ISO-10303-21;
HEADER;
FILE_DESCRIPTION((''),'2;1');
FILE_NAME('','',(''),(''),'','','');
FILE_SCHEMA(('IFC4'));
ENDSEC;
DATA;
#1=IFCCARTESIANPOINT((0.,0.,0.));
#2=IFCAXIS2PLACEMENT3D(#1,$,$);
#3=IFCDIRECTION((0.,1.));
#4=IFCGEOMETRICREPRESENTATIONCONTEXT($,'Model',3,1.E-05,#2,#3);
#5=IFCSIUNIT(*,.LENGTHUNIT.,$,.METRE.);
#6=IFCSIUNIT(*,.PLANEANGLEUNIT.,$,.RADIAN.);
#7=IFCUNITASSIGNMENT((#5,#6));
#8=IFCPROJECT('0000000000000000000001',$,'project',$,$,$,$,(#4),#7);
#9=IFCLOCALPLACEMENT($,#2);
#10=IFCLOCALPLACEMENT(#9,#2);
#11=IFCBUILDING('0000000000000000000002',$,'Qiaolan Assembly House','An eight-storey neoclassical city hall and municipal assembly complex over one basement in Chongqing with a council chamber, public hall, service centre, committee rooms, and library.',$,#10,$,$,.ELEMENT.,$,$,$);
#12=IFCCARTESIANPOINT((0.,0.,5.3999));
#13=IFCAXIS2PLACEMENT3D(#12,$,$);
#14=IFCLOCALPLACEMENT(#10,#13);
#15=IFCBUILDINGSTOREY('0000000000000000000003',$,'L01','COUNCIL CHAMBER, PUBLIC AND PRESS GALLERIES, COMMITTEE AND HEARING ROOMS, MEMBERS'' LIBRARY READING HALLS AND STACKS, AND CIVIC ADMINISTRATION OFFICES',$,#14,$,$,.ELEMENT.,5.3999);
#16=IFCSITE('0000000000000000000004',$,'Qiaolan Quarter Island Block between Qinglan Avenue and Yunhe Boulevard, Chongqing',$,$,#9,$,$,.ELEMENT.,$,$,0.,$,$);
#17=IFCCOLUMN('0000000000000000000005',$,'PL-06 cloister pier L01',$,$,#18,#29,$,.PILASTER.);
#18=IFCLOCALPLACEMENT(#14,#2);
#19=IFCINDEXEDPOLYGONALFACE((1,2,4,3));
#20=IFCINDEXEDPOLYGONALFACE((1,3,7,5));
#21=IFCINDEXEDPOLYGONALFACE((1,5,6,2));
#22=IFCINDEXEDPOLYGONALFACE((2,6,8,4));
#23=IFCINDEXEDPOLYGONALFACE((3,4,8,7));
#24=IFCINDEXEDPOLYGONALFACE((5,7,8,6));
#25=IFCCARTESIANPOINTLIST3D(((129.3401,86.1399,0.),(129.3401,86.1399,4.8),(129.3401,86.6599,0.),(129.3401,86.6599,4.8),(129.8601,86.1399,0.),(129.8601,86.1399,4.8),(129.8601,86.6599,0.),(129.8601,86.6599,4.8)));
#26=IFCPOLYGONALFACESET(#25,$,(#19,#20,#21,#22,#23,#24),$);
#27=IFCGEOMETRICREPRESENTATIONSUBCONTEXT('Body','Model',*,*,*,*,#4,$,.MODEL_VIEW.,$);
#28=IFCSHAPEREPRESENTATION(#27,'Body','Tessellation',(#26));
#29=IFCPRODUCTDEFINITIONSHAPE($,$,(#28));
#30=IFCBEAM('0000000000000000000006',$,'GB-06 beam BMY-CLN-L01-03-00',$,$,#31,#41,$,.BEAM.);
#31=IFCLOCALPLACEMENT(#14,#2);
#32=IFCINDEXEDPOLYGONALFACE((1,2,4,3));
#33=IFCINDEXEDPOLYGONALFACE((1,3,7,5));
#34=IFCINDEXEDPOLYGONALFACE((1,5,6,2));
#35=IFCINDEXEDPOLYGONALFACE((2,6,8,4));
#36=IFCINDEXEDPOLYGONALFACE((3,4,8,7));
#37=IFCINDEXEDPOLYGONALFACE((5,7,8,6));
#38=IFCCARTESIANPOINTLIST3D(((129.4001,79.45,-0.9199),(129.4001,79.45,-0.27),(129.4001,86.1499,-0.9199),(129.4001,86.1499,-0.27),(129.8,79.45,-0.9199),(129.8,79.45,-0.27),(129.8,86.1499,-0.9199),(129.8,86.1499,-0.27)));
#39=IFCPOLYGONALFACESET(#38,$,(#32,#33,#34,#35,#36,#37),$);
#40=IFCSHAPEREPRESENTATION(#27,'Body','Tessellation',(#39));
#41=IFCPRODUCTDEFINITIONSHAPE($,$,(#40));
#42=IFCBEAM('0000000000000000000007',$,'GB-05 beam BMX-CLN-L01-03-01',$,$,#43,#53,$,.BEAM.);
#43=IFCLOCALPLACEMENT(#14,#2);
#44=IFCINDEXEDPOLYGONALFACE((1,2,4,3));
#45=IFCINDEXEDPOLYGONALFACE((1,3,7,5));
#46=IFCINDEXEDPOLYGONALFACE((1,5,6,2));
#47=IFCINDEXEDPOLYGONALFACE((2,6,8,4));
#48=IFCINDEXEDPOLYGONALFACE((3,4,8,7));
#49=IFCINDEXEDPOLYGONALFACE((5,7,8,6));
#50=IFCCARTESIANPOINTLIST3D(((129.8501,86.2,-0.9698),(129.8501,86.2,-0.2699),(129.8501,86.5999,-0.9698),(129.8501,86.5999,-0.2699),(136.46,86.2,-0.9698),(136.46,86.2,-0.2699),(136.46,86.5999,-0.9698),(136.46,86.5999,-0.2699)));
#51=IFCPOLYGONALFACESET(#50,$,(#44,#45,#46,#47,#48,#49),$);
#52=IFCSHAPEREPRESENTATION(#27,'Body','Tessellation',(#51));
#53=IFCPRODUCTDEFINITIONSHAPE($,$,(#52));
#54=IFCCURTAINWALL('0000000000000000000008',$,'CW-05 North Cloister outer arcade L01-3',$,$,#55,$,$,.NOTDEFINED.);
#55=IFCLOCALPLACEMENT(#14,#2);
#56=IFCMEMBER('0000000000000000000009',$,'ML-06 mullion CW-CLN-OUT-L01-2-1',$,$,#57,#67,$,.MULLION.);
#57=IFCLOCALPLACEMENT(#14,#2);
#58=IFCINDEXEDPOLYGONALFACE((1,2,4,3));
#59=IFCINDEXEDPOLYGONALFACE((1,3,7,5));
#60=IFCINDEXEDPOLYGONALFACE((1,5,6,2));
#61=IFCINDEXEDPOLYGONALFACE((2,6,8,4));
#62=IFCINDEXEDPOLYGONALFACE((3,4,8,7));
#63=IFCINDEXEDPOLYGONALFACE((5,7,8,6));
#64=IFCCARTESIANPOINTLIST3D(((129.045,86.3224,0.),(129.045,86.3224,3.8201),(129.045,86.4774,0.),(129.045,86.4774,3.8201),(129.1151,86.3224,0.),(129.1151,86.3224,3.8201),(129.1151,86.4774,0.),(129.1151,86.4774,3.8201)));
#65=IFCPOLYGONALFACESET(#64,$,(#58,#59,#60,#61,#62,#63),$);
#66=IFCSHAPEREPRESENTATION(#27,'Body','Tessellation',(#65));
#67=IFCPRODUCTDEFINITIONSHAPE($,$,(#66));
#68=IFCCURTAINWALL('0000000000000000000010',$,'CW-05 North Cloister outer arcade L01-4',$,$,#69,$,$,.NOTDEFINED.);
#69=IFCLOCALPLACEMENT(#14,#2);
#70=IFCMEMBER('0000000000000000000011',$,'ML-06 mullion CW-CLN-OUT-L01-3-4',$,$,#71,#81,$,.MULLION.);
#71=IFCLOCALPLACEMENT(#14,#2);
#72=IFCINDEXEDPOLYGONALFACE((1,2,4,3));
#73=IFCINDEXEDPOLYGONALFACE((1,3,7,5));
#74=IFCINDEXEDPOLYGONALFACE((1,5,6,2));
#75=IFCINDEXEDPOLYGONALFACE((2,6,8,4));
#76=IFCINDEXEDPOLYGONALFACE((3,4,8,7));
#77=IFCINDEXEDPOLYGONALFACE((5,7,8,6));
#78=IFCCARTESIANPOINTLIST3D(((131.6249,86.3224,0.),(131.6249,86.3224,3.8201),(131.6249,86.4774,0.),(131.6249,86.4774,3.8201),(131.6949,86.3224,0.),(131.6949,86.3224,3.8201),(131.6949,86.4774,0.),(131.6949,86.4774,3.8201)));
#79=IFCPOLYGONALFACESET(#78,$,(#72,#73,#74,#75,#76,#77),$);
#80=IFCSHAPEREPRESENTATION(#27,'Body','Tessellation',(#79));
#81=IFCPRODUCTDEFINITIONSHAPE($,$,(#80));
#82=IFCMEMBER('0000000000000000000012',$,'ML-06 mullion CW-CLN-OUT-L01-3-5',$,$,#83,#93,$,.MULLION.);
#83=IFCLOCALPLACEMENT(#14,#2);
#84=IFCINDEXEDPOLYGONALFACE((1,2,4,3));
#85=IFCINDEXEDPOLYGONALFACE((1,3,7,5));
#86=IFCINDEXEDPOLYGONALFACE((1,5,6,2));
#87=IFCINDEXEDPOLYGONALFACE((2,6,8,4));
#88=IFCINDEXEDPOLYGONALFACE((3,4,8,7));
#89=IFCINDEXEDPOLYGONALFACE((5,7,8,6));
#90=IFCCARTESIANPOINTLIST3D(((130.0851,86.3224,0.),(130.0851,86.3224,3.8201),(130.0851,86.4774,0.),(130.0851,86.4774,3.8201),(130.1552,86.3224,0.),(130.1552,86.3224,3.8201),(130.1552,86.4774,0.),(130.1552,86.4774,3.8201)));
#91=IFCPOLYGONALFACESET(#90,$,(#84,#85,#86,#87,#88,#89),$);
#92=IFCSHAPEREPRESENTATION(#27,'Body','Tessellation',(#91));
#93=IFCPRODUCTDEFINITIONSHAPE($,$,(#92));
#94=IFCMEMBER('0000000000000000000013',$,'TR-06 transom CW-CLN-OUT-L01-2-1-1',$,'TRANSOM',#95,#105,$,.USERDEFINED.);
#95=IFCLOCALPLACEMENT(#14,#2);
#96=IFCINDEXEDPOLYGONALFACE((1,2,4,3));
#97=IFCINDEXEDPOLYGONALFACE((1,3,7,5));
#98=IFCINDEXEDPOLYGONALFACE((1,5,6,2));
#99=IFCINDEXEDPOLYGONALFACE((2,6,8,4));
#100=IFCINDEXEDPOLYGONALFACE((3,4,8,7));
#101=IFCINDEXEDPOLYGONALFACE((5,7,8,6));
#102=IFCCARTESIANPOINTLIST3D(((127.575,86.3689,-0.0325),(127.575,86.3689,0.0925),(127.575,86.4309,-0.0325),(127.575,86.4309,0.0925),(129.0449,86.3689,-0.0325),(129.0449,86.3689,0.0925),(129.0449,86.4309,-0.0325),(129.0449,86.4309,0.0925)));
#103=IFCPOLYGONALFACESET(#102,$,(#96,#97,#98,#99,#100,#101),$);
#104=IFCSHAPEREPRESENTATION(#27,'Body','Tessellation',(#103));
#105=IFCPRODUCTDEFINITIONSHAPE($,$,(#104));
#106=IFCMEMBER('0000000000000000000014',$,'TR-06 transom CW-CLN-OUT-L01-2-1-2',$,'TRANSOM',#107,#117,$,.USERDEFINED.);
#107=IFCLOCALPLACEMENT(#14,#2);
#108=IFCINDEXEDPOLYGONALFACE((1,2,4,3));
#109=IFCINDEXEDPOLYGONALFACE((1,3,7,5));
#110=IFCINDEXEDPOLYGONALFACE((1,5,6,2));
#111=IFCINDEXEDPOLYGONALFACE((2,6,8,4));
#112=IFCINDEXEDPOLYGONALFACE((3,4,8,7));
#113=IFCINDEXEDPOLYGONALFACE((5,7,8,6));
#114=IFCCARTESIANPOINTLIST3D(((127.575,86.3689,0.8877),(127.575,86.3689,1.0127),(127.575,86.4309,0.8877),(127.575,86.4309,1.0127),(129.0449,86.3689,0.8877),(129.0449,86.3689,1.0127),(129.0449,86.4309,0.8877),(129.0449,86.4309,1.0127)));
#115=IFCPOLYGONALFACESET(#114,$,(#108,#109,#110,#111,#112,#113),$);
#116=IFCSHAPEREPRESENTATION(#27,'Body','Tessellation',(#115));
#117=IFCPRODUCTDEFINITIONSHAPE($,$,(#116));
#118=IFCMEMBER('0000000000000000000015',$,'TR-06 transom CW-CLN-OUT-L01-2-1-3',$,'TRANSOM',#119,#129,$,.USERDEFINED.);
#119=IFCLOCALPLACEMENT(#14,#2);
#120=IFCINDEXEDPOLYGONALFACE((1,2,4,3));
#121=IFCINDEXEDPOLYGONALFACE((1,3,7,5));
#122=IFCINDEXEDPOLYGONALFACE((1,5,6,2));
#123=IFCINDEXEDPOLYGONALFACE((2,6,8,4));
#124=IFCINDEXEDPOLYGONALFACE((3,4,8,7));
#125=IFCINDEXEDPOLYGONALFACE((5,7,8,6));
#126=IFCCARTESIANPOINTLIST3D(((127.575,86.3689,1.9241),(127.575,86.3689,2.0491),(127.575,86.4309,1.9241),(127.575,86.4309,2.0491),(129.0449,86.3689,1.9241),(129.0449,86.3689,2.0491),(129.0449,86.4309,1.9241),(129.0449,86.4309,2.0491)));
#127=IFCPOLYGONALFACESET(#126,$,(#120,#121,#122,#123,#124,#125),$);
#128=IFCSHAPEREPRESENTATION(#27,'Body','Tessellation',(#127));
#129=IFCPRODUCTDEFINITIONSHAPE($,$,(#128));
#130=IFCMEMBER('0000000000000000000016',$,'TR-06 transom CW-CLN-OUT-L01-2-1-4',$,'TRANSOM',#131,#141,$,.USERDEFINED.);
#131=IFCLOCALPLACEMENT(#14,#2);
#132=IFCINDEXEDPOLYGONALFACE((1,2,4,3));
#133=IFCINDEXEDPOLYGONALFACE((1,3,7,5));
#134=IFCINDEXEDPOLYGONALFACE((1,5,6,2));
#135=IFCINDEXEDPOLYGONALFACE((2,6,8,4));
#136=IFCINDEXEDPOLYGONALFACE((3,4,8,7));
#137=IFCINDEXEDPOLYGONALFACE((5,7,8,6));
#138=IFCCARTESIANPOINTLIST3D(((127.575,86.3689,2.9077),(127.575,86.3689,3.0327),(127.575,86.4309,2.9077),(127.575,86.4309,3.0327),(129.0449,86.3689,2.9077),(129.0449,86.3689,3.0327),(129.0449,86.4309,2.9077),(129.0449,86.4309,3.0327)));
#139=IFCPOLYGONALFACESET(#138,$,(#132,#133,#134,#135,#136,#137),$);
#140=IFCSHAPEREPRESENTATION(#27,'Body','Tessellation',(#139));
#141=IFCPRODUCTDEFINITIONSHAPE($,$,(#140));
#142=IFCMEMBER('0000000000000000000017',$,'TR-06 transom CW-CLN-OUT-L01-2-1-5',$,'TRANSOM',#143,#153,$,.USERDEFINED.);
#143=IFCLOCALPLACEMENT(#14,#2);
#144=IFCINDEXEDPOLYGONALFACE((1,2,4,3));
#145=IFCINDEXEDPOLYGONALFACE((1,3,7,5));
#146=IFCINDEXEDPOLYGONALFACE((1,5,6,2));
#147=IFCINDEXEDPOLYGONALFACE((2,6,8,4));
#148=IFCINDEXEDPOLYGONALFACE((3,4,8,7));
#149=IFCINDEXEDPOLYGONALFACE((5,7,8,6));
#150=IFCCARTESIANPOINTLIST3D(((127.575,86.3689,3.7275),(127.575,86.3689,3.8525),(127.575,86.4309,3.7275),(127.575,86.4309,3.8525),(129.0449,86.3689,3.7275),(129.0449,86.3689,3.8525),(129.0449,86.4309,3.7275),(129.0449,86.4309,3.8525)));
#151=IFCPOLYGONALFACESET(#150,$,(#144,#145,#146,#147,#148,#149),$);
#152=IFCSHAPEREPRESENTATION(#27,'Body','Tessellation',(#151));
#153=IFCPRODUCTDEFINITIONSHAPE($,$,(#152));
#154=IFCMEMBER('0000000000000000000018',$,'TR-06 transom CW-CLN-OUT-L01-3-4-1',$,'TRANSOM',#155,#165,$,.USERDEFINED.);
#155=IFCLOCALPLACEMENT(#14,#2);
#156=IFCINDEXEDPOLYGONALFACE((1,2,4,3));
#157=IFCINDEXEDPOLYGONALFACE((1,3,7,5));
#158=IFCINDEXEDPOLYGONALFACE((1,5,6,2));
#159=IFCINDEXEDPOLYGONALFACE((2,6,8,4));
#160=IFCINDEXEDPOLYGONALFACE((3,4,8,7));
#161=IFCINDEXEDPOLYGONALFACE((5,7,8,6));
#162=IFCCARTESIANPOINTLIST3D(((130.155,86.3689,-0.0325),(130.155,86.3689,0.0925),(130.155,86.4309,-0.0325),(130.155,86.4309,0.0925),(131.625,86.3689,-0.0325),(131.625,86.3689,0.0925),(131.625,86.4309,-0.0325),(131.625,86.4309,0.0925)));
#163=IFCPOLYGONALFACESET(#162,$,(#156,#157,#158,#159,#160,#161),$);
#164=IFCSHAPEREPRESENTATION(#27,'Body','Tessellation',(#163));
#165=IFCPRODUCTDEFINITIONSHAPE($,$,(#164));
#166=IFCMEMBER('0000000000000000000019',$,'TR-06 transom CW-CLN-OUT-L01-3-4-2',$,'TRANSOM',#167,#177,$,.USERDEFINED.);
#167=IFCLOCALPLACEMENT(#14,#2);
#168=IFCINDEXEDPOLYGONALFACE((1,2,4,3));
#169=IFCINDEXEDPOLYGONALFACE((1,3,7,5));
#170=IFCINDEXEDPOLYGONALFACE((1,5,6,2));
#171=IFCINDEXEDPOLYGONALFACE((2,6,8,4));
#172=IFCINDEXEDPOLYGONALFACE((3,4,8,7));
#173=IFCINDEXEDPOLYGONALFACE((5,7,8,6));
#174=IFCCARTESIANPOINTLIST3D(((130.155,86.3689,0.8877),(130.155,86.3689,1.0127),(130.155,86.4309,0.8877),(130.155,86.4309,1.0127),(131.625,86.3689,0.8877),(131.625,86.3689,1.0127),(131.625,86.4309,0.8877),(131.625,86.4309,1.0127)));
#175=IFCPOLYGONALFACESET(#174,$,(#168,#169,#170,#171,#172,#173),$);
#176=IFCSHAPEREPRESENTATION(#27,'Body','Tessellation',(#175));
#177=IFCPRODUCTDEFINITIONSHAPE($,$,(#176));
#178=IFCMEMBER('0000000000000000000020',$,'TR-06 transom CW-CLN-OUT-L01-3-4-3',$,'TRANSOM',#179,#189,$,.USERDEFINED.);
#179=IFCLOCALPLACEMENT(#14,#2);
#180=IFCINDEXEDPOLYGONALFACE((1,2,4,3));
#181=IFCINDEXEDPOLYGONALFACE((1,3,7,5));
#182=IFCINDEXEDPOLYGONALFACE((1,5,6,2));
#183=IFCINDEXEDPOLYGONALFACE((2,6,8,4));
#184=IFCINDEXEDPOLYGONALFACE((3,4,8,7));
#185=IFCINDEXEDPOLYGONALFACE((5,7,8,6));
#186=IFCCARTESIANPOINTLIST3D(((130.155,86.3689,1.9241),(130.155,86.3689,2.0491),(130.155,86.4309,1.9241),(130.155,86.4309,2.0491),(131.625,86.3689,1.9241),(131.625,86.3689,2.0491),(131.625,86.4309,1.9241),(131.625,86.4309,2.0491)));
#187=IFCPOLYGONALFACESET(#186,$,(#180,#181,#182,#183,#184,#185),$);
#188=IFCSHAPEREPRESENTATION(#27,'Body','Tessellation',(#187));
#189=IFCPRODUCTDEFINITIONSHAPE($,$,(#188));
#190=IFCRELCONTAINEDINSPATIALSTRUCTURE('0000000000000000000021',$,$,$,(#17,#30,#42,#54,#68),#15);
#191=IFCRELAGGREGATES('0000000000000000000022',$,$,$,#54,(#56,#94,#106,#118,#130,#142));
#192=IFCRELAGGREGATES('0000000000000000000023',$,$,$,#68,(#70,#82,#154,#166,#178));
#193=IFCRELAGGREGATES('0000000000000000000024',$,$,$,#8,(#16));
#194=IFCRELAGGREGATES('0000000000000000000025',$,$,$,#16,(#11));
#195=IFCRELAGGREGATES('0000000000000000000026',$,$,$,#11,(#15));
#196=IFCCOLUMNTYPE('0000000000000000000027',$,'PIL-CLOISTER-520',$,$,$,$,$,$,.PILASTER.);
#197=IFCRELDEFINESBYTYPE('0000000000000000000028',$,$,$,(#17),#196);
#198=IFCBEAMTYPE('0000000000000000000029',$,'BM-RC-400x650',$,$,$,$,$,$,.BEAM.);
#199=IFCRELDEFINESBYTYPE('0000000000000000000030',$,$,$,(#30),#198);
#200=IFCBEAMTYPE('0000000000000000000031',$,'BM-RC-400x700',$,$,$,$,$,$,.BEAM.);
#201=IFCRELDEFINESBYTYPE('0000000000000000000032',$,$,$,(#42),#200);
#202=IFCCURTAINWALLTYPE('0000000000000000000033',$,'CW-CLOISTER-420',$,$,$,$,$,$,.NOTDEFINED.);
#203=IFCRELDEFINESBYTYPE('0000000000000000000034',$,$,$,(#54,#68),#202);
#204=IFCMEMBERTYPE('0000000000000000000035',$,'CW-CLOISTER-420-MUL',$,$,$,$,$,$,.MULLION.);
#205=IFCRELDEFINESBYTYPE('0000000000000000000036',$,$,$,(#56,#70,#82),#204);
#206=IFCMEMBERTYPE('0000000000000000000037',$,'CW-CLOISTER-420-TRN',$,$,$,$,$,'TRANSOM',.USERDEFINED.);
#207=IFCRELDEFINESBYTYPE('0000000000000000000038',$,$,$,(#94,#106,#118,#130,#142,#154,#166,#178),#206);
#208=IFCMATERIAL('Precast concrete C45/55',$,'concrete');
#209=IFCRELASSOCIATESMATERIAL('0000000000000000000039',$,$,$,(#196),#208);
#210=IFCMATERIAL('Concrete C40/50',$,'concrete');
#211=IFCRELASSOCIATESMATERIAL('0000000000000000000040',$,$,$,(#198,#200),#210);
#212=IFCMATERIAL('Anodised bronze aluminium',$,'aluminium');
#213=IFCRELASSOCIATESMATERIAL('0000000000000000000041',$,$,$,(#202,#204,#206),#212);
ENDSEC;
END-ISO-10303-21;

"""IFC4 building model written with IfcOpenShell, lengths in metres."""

from ifc_helpers import new_model, si_unit, direction, frame, origin, origin_2d, place, context, subcontext, project, spatial, rectangle, extrude, material, material_profile, profile_set, type_object, element, aggregate, save


model = new_model("IFC4")

# Units and contexts
model_context = context("Model", 3, precision=1e-05, world=origin(), true_north=direction((0.0, 1.0)))
body_context = subcontext(model_context, "Body", "Model", "MODEL_VIEW")
ifc_project = project(units=[si_unit("LENGTHUNIT", "METRE"), si_unit("PLANEANGLEUNIT", "RADIAN")], contexts=[model_context])

# Site, building, storey
site_placement = place(None, origin())
site = spatial("IfcSite", under=ifc_project, at=site_placement, Name="Qiaolan Quarter Island Block between Qinglan Avenue and Yunhe Boulevard, Chongqing", CompositionType="ELEMENT", RefElevation=0.0)
building_placement = place(site_placement, origin())
building = spatial("IfcBuilding", under=site, at=building_placement, Name="Qiaolan Assembly House", Description="An eight-storey neoclassical city hall and municipal assembly complex over one basement in Chongqing with a council chamber, public hall, service centre, committee rooms, and library.", CompositionType="ELEMENT")
storey_placement = place(building_placement, frame((0.0, 0.0, 5.3999)))
storey = spatial("IfcBuildingStorey", under=building, at=storey_placement, Name="L01", Description="COUNCIL CHAMBER, PUBLIC AND PRESS GALLERIES, COMMITTEE AND HEARING ROOMS, MEMBERS' LIBRARY READING HALLS AND STACKS, AND CIVIC ADMINISTRATION OFFICES", CompositionType="ELEMENT", Elevation=5.3999)

# Column
ifc_material_1 = material(Name="Precast concrete C45/55", Category="concrete")
ifc_material_profile_1 = material_profile(ifc_material_1, rectangle(XDim=0.52, YDim=0.52, at=origin_2d()), Name="PIL 520x520")
ifc_profile_set_1 = profile_set([ifc_material_profile_1], Name="Precast concrete C45/55")
column_type = type_object("IfcColumnType", Name="PIL-CLOISTER-520", PredefinedType="PILASTER", material=ifc_profile_set_1)
column_placement = place(storey_placement, frame((129.6001, 86.3999, 0.0), z_axis=(0.0, 0.0, 1.0), x_axis=(1.0, 0.0, 0.0)))
element("IfcColumn", 1, at=column_placement, inside=storey, type_object=column_type, Name="PL-06 cloister pier L01", PredefinedType="PILASTER", context=body_context, shape_type="SweptSolid", body=[
    extrude(rectangle(XDim=0.52, YDim=0.52, at=origin_2d()), origin(), (0.0, 0.0, 1.0), 4.8),
])

# Beams
ifc_material_2 = material(Name="Concrete C40/50", Category="concrete")
ifc_material_profile_2 = material_profile(ifc_material_2, rectangle(XDim=0.3999, YDim=0.6499, at=origin_2d()), Name="RCB 400x650")
ifc_profile_set_2 = profile_set([ifc_material_profile_2], Name="Concrete C40/50")
beam_type_1 = type_object("IfcBeamType", Name="BM-RC-400x650", PredefinedType="BEAM", material=ifc_profile_set_2)
beam_1_placement = place(storey_placement, frame((129.6001, 79.45, -0.595), z_axis=(0.0, 1.0, 0.0), x_axis=(-1.0, 0.0, 0.0)))
element("IfcBeam", 2, at=beam_1_placement, inside=storey, type_object=beam_type_1, Name="GB-06 beam BMY-CLN-L01-03-00", PredefinedType="BEAM", context=body_context, shape_type="SweptSolid", body=[
    extrude(rectangle(XDim=0.3999, YDim=0.6499, at=origin_2d()), origin(), (0.0, 0.0, 1.0), 6.7),
])
ifc_material_profile_3 = material_profile(ifc_material_2, rectangle(XDim=0.3999, YDim=0.7, at=origin_2d()), Name="RCB 400x700")
ifc_profile_set_3 = profile_set([ifc_material_profile_3], Name="Concrete C40/50")
beam_type_2 = type_object("IfcBeamType", Name="BM-RC-400x700", PredefinedType="BEAM", material=ifc_profile_set_3)
beam_2_placement = place(storey_placement, frame((129.8501, 86.3999, -0.6199), z_axis=(1.0, 0.0, 0.0), x_axis=(0.0, 1.0, 0.0)))
element("IfcBeam", 3, at=beam_2_placement, inside=storey, type_object=beam_type_2, Name="GB-05 beam BMX-CLN-L01-03-01", PredefinedType="BEAM", context=body_context, shape_type="SweptSolid", body=[
    extrude(rectangle(XDim=0.3999, YDim=0.7, at=origin_2d()), origin(), (0.0, 0.0, 1.0), 6.6099),
])

# Curtain wall, member
ifc_material_3 = material(Name="Anodised bronze aluminium", Category="aluminium")
curtain_wall_type = type_object("IfcCurtainWallType", Name="CW-CLOISTER-420", PredefinedType="NOTDEFINED", material=ifc_material_3)
curtain_wall_1_placement = place(storey_placement, origin())
curtain_wall_1 = element("IfcCurtainWall", 4, at=curtain_wall_1_placement, inside=storey, type_object=curtain_wall_type, Name="CW-05 North Cloister outer arcade L01-3", PredefinedType="NOTDEFINED")
ifc_material_profile_4 = material_profile(ifc_material_3, rectangle(XDim=0.0701, YDim=0.155, at=origin_2d()), Name="MUL 70x155")
ifc_profile_set_4 = profile_set([ifc_material_profile_4], Name="Anodised bronze aluminium")
member_type_1 = type_object("IfcMemberType", Name="CW-CLOISTER-420-MUL", PredefinedType="MULLION", material=ifc_profile_set_4)
member_1_placement = place(storey_placement, frame((129.0801, 86.3999, 0.0), z_axis=(0.0, 0.0, 1.0), x_axis=(-1.0, 0.0, 0.0)))
member_1 = element("IfcMember", 5, at=member_1_placement, type_object=member_type_1, Name="ML-06 mullion CW-CLN-OUT-L01-2-1", PredefinedType="MULLION", context=body_context, shape_type="SweptSolid", body=[
    extrude(rectangle(XDim=0.0701, YDim=0.155, at=origin_2d()), origin(), (0.0, 0.0, 1.0), 3.8201),
])

# Curtain wall, members
curtain_wall_2_placement = place(storey_placement, origin())
curtain_wall_2 = element("IfcCurtainWall", 6, at=curtain_wall_2_placement, inside=storey, type_object=curtain_wall_type, Name="CW-05 North Cloister outer arcade L01-4", PredefinedType="NOTDEFINED")
member_2_placement = place(storey_placement, frame((131.6599, 86.3999, 0.0), z_axis=(0.0, 0.0, 1.0), x_axis=(-1.0, 0.0, 0.0)))
member_2 = element("IfcMember", 7, at=member_2_placement, type_object=member_type_1, Name="ML-06 mullion CW-CLN-OUT-L01-3-4", PredefinedType="MULLION", context=body_context, shape_type="SweptSolid", body=[
    extrude(rectangle(XDim=0.0701, YDim=0.155, at=origin_2d()), origin(), (0.0, 0.0, 1.0), 3.8201),
])
member_3_placement = place(storey_placement, frame((130.1201, 86.3999, 0.0), z_axis=(0.0, 0.0, 1.0), x_axis=(-1.0, 0.0, 0.0)))
member_3 = element("IfcMember", 8, at=member_3_placement, type_object=member_type_1, Name="ML-06 mullion CW-CLN-OUT-L01-3-5", PredefinedType="MULLION", context=body_context, shape_type="SweptSolid", body=[
    extrude(rectangle(XDim=0.0701, YDim=0.155, at=origin_2d()), origin(), (0.0, 0.0, 1.0), 3.8201),
])

# Members
ifc_material_profile_5 = material_profile(ifc_material_3, rectangle(XDim=0.062, YDim=0.125, at=origin_2d()), Name="TRN 62x125")
ifc_profile_set_5 = profile_set([ifc_material_profile_5], Name="Anodised bronze aluminium")
member_type_2 = type_object("IfcMemberType", Name="CW-CLOISTER-420-TRN", ElementType="TRANSOM", PredefinedType="USERDEFINED", material=ifc_profile_set_5)
member_4_placement = place(storey_placement, frame((129.0449, 86.3999, 0.03), z_axis=(-1.0, 0.0, 0.0), x_axis=(0.0, -1.0, 0.0)))
member_4 = element("IfcMember", 9, at=member_4_placement, type_object=member_type_2, Name="TR-06 transom CW-CLN-OUT-L01-2-1-1", ObjectType="TRANSOM", PredefinedType="USERDEFINED", context=body_context, shape_type="SweptSolid", body=[
    extrude(rectangle(XDim=0.062, YDim=0.125, at=origin_2d()), origin(), (0.0, 0.0, 1.0), 1.47),
])
member_5_placement = place(storey_placement, frame((129.0449, 86.3999, 0.9502), z_axis=(-1.0, 0.0, 0.0), x_axis=(0.0, -1.0, 0.0)))
member_5 = element("IfcMember", 10, at=member_5_placement, type_object=member_type_2, Name="TR-06 transom CW-CLN-OUT-L01-2-1-2", ObjectType="TRANSOM", PredefinedType="USERDEFINED", context=body_context, shape_type="SweptSolid", body=[
    extrude(rectangle(XDim=0.062, YDim=0.125, at=origin_2d()), origin(), (0.0, 0.0, 1.0), 1.47),
])
member_6_placement = place(storey_placement, frame((129.0449, 86.3999, 1.9866), z_axis=(-1.0, 0.0, 0.0), x_axis=(0.0, -1.0, 0.0)))
member_6 = element("IfcMember", 11, at=member_6_placement, type_object=member_type_2, Name="TR-06 transom CW-CLN-OUT-L01-2-1-3", ObjectType="TRANSOM", PredefinedType="USERDEFINED", context=body_context, shape_type="SweptSolid", body=[
    extrude(rectangle(XDim=0.062, YDim=0.125, at=origin_2d()), origin(), (0.0, 0.0, 1.0), 1.47),
])
member_7_placement = place(storey_placement, frame((129.0449, 86.3999, 2.9702), z_axis=(-1.0, 0.0, 0.0), x_axis=(0.0, -1.0, 0.0)))
member_7 = element("IfcMember", 12, at=member_7_placement, type_object=member_type_2, Name="TR-06 transom CW-CLN-OUT-L01-2-1-4", ObjectType="TRANSOM", PredefinedType="USERDEFINED", context=body_context, shape_type="SweptSolid", body=[
    extrude(rectangle(XDim=0.062, YDim=0.125, at=origin_2d()), origin(), (0.0, 0.0, 1.0), 1.47),
])
member_8_placement = place(storey_placement, frame((129.0449, 86.3999, 3.79), z_axis=(-1.0, 0.0, 0.0), x_axis=(0.0, -1.0, 0.0)))
member_8 = element("IfcMember", 13, at=member_8_placement, type_object=member_type_2, Name="TR-06 transom CW-CLN-OUT-L01-2-1-5", ObjectType="TRANSOM", PredefinedType="USERDEFINED", context=body_context, shape_type="SweptSolid", body=[
    extrude(rectangle(XDim=0.062, YDim=0.125, at=origin_2d()), origin(), (0.0, 0.0, 1.0), 1.47),
])
member_9_placement = place(storey_placement, frame((131.625, 86.3999, 0.03), z_axis=(-1.0, 0.0, 0.0), x_axis=(0.0, -1.0, 0.0)))
member_9 = element("IfcMember", 14, at=member_9_placement, type_object=member_type_2, Name="TR-06 transom CW-CLN-OUT-L01-3-4-1", ObjectType="TRANSOM", PredefinedType="USERDEFINED", context=body_context, shape_type="SweptSolid", body=[
    extrude(rectangle(XDim=0.062, YDim=0.125, at=origin_2d()), origin(), (0.0, 0.0, 1.0), 1.47),
])
member_10_placement = place(storey_placement, frame((131.625, 86.3999, 0.9502), z_axis=(-1.0, 0.0, 0.0), x_axis=(0.0, -1.0, 0.0)))
member_10 = element("IfcMember", 15, at=member_10_placement, type_object=member_type_2, Name="TR-06 transom CW-CLN-OUT-L01-3-4-2", ObjectType="TRANSOM", PredefinedType="USERDEFINED", context=body_context, shape_type="SweptSolid", body=[
    extrude(rectangle(XDim=0.062, YDim=0.125, at=origin_2d()), origin(), (0.0, 0.0, 1.0), 1.47),
])
member_11_placement = place(storey_placement, frame((131.625, 86.3999, 1.9866), z_axis=(-1.0, 0.0, 0.0), x_axis=(0.0, -1.0, 0.0)))
member_11 = element("IfcMember", 16, at=member_11_placement, type_object=member_type_2, Name="TR-06 transom CW-CLN-OUT-L01-3-4-3", ObjectType="TRANSOM", PredefinedType="USERDEFINED", context=body_context, shape_type="SweptSolid", body=[
    extrude(rectangle(XDim=0.062, YDim=0.125, at=origin_2d()), origin(), (0.0, 0.0, 1.0), 1.47),
])

aggregate(curtain_wall_1, [member_1, member_4, member_5, member_6, member_7, member_8])
aggregate(curtain_wall_2, [member_2, member_3, member_9, member_10, member_11])

save(model, "model.ifc")
